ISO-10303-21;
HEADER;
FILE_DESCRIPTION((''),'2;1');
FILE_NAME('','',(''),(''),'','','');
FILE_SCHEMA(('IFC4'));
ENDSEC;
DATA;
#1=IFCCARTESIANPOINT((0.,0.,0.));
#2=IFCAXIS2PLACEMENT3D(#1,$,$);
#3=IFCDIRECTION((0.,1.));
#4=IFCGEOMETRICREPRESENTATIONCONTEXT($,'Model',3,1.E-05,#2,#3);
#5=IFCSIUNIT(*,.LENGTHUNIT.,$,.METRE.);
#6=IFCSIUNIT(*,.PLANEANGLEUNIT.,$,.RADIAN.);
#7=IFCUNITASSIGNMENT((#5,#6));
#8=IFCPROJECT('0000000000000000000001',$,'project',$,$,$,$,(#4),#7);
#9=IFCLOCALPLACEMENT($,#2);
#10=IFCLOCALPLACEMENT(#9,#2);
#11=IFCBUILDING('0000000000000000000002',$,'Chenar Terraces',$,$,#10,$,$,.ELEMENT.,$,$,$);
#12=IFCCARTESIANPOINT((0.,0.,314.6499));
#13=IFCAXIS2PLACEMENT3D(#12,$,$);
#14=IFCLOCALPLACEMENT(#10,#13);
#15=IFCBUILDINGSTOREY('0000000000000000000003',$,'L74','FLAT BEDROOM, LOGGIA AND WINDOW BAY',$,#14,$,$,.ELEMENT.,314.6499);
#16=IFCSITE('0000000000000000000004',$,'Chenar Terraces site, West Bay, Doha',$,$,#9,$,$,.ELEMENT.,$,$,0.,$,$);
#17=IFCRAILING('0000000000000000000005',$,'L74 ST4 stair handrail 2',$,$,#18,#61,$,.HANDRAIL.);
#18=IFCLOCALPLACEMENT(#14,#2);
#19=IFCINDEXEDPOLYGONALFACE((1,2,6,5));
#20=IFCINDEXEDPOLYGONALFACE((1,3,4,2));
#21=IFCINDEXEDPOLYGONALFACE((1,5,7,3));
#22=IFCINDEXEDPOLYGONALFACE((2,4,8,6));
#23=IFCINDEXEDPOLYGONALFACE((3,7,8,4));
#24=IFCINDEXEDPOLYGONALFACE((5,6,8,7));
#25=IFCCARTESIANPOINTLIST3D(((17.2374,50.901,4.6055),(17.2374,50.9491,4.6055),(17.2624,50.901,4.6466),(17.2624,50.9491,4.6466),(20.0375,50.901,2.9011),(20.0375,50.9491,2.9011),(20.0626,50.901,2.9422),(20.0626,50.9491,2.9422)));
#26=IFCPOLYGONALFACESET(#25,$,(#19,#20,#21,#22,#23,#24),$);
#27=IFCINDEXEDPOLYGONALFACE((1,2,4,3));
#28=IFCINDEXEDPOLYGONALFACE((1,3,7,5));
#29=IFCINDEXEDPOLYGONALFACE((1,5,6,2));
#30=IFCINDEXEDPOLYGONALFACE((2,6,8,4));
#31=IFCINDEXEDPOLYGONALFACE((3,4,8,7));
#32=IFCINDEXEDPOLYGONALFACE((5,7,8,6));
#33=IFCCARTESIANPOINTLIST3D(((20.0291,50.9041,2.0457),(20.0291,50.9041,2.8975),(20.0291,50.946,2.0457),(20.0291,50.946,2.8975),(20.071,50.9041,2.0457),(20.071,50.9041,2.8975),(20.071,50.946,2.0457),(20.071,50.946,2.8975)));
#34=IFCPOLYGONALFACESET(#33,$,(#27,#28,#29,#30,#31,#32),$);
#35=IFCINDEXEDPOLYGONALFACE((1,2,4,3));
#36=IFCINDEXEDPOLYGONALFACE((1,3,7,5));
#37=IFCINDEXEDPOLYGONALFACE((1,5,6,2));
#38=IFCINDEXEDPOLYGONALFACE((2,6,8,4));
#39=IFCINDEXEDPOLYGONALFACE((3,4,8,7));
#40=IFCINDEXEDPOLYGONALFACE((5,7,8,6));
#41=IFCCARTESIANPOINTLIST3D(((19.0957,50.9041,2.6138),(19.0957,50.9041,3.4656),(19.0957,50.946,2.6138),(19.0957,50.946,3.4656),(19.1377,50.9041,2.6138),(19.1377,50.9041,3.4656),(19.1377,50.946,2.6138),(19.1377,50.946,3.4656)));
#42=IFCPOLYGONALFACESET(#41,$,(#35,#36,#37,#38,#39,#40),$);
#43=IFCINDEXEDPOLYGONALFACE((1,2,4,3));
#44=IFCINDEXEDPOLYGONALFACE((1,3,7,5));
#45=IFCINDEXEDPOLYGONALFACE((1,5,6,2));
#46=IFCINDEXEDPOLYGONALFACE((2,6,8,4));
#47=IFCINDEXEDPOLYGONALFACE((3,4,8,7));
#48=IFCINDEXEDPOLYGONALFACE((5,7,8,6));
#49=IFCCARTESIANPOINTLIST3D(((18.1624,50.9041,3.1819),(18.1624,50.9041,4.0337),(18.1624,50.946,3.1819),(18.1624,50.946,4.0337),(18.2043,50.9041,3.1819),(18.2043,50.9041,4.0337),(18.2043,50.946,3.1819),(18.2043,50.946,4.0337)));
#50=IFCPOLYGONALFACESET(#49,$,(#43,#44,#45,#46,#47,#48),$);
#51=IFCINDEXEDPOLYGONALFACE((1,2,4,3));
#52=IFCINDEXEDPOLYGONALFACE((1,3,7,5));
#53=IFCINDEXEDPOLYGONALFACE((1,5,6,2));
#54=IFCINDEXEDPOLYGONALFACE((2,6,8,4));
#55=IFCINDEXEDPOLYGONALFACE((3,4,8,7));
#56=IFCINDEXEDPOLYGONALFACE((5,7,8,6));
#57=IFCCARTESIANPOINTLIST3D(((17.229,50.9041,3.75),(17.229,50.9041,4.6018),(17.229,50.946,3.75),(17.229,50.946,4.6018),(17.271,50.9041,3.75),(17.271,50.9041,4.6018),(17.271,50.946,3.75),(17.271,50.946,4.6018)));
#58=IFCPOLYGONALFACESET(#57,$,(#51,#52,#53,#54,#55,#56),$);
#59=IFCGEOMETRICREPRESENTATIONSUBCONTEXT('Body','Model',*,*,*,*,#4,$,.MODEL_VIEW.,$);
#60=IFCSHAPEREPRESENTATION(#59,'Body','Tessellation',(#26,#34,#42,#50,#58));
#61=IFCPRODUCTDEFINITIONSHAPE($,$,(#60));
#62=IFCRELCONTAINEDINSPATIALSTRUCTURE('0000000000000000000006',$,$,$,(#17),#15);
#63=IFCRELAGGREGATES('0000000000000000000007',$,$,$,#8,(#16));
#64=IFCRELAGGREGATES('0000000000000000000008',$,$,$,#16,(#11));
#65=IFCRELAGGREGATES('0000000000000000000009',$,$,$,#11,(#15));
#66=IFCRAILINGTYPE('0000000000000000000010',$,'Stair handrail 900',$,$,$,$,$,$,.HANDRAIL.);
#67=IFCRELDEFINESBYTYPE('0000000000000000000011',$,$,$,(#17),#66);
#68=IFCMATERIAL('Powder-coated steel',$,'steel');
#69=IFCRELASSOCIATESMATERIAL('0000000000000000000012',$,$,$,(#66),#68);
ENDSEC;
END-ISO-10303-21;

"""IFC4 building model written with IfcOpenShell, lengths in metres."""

from ifc_helpers import new_model, si_unit, direction, frame, origin, origin_2d, place, context, subcontext, project, spatial, rectangle, extrude, material, type_object, element, save


model = new_model("IFC4")

# Units and contexts
model_context = context("Model", 3, precision=1e-05, world=origin(), true_north=direction((0.0, 1.0)))
body_context = subcontext(model_context, "Body", "Model", "MODEL_VIEW")
ifc_project = project(units=[si_unit("LENGTHUNIT", "METRE"), si_unit("PLANEANGLEUNIT", "RADIAN")], contexts=[model_context])

# Site, building, storey
site_placement = place(None, origin())
site = spatial("IfcSite", under=ifc_project, at=site_placement, Name="Chenar Terraces site, West Bay, Doha", CompositionType="ELEMENT", RefElevation=0.0)
building_placement = place(site_placement, origin())
building = spatial("IfcBuilding", under=site, at=building_placement, Name="Chenar Terraces", CompositionType="ELEMENT")
storey_placement = place(building_placement, frame((0.0, 0.0, 314.6499)))
storey = spatial("IfcBuildingStorey", under=building, at=storey_placement, Name="L74", Description="FLAT BEDROOM, LOGGIA AND WINDOW BAY", CompositionType="ELEMENT", Elevation=314.6499)

# Railing
ifc_material_1 = material(Name="Powder-coated steel", Category="steel")
railing_type_1 = type_object("IfcRailingType", Name="Stair handrail 900", PredefinedType="HANDRAIL", material=ifc_material_1)
railing_1_placement = place(storey_placement, frame((20.05, 50.925, 2.0457)))
element("IfcRailing", 1, at=railing_1_placement, inside=storey, type_object=railing_type_1, Name="L74 ST4 stair handrail 2", PredefinedType="HANDRAIL", context=body_context, shape_type="SweptSolid", body=[
    extrude(rectangle(XDim=0.0481, YDim=0.0481, at=origin_2d()), frame((0.0, 0.0, 0.876), z_axis=(-0.854203, 0.0, 0.51994), x_axis=(0.0, -1.0, 0.0)), (0.0, 0.0, 1.0), 3.2781),
    extrude(rectangle(XDim=0.042, YDim=0.042, at=origin_2d()), origin(), (0.0, 0.0, 1.0), 0.8518),
    extrude(rectangle(XDim=0.042, YDim=0.042, at=origin_2d()), frame((-0.9333, 0.0, 0.5681)), (0.0, 0.0, 1.0), 0.8518),
    extrude(rectangle(XDim=0.042, YDim=0.042, at=origin_2d()), frame((-1.8667, 0.0, 1.1362)), (0.0, 0.0, 1.0), 0.8518),
    extrude(rectangle(XDim=0.042, YDim=0.042, at=origin_2d()), frame((-2.8, 0.0, 1.7043)), (0.0, 0.0, 1.0), 0.8518),
])

save(model, "model.ifc")
